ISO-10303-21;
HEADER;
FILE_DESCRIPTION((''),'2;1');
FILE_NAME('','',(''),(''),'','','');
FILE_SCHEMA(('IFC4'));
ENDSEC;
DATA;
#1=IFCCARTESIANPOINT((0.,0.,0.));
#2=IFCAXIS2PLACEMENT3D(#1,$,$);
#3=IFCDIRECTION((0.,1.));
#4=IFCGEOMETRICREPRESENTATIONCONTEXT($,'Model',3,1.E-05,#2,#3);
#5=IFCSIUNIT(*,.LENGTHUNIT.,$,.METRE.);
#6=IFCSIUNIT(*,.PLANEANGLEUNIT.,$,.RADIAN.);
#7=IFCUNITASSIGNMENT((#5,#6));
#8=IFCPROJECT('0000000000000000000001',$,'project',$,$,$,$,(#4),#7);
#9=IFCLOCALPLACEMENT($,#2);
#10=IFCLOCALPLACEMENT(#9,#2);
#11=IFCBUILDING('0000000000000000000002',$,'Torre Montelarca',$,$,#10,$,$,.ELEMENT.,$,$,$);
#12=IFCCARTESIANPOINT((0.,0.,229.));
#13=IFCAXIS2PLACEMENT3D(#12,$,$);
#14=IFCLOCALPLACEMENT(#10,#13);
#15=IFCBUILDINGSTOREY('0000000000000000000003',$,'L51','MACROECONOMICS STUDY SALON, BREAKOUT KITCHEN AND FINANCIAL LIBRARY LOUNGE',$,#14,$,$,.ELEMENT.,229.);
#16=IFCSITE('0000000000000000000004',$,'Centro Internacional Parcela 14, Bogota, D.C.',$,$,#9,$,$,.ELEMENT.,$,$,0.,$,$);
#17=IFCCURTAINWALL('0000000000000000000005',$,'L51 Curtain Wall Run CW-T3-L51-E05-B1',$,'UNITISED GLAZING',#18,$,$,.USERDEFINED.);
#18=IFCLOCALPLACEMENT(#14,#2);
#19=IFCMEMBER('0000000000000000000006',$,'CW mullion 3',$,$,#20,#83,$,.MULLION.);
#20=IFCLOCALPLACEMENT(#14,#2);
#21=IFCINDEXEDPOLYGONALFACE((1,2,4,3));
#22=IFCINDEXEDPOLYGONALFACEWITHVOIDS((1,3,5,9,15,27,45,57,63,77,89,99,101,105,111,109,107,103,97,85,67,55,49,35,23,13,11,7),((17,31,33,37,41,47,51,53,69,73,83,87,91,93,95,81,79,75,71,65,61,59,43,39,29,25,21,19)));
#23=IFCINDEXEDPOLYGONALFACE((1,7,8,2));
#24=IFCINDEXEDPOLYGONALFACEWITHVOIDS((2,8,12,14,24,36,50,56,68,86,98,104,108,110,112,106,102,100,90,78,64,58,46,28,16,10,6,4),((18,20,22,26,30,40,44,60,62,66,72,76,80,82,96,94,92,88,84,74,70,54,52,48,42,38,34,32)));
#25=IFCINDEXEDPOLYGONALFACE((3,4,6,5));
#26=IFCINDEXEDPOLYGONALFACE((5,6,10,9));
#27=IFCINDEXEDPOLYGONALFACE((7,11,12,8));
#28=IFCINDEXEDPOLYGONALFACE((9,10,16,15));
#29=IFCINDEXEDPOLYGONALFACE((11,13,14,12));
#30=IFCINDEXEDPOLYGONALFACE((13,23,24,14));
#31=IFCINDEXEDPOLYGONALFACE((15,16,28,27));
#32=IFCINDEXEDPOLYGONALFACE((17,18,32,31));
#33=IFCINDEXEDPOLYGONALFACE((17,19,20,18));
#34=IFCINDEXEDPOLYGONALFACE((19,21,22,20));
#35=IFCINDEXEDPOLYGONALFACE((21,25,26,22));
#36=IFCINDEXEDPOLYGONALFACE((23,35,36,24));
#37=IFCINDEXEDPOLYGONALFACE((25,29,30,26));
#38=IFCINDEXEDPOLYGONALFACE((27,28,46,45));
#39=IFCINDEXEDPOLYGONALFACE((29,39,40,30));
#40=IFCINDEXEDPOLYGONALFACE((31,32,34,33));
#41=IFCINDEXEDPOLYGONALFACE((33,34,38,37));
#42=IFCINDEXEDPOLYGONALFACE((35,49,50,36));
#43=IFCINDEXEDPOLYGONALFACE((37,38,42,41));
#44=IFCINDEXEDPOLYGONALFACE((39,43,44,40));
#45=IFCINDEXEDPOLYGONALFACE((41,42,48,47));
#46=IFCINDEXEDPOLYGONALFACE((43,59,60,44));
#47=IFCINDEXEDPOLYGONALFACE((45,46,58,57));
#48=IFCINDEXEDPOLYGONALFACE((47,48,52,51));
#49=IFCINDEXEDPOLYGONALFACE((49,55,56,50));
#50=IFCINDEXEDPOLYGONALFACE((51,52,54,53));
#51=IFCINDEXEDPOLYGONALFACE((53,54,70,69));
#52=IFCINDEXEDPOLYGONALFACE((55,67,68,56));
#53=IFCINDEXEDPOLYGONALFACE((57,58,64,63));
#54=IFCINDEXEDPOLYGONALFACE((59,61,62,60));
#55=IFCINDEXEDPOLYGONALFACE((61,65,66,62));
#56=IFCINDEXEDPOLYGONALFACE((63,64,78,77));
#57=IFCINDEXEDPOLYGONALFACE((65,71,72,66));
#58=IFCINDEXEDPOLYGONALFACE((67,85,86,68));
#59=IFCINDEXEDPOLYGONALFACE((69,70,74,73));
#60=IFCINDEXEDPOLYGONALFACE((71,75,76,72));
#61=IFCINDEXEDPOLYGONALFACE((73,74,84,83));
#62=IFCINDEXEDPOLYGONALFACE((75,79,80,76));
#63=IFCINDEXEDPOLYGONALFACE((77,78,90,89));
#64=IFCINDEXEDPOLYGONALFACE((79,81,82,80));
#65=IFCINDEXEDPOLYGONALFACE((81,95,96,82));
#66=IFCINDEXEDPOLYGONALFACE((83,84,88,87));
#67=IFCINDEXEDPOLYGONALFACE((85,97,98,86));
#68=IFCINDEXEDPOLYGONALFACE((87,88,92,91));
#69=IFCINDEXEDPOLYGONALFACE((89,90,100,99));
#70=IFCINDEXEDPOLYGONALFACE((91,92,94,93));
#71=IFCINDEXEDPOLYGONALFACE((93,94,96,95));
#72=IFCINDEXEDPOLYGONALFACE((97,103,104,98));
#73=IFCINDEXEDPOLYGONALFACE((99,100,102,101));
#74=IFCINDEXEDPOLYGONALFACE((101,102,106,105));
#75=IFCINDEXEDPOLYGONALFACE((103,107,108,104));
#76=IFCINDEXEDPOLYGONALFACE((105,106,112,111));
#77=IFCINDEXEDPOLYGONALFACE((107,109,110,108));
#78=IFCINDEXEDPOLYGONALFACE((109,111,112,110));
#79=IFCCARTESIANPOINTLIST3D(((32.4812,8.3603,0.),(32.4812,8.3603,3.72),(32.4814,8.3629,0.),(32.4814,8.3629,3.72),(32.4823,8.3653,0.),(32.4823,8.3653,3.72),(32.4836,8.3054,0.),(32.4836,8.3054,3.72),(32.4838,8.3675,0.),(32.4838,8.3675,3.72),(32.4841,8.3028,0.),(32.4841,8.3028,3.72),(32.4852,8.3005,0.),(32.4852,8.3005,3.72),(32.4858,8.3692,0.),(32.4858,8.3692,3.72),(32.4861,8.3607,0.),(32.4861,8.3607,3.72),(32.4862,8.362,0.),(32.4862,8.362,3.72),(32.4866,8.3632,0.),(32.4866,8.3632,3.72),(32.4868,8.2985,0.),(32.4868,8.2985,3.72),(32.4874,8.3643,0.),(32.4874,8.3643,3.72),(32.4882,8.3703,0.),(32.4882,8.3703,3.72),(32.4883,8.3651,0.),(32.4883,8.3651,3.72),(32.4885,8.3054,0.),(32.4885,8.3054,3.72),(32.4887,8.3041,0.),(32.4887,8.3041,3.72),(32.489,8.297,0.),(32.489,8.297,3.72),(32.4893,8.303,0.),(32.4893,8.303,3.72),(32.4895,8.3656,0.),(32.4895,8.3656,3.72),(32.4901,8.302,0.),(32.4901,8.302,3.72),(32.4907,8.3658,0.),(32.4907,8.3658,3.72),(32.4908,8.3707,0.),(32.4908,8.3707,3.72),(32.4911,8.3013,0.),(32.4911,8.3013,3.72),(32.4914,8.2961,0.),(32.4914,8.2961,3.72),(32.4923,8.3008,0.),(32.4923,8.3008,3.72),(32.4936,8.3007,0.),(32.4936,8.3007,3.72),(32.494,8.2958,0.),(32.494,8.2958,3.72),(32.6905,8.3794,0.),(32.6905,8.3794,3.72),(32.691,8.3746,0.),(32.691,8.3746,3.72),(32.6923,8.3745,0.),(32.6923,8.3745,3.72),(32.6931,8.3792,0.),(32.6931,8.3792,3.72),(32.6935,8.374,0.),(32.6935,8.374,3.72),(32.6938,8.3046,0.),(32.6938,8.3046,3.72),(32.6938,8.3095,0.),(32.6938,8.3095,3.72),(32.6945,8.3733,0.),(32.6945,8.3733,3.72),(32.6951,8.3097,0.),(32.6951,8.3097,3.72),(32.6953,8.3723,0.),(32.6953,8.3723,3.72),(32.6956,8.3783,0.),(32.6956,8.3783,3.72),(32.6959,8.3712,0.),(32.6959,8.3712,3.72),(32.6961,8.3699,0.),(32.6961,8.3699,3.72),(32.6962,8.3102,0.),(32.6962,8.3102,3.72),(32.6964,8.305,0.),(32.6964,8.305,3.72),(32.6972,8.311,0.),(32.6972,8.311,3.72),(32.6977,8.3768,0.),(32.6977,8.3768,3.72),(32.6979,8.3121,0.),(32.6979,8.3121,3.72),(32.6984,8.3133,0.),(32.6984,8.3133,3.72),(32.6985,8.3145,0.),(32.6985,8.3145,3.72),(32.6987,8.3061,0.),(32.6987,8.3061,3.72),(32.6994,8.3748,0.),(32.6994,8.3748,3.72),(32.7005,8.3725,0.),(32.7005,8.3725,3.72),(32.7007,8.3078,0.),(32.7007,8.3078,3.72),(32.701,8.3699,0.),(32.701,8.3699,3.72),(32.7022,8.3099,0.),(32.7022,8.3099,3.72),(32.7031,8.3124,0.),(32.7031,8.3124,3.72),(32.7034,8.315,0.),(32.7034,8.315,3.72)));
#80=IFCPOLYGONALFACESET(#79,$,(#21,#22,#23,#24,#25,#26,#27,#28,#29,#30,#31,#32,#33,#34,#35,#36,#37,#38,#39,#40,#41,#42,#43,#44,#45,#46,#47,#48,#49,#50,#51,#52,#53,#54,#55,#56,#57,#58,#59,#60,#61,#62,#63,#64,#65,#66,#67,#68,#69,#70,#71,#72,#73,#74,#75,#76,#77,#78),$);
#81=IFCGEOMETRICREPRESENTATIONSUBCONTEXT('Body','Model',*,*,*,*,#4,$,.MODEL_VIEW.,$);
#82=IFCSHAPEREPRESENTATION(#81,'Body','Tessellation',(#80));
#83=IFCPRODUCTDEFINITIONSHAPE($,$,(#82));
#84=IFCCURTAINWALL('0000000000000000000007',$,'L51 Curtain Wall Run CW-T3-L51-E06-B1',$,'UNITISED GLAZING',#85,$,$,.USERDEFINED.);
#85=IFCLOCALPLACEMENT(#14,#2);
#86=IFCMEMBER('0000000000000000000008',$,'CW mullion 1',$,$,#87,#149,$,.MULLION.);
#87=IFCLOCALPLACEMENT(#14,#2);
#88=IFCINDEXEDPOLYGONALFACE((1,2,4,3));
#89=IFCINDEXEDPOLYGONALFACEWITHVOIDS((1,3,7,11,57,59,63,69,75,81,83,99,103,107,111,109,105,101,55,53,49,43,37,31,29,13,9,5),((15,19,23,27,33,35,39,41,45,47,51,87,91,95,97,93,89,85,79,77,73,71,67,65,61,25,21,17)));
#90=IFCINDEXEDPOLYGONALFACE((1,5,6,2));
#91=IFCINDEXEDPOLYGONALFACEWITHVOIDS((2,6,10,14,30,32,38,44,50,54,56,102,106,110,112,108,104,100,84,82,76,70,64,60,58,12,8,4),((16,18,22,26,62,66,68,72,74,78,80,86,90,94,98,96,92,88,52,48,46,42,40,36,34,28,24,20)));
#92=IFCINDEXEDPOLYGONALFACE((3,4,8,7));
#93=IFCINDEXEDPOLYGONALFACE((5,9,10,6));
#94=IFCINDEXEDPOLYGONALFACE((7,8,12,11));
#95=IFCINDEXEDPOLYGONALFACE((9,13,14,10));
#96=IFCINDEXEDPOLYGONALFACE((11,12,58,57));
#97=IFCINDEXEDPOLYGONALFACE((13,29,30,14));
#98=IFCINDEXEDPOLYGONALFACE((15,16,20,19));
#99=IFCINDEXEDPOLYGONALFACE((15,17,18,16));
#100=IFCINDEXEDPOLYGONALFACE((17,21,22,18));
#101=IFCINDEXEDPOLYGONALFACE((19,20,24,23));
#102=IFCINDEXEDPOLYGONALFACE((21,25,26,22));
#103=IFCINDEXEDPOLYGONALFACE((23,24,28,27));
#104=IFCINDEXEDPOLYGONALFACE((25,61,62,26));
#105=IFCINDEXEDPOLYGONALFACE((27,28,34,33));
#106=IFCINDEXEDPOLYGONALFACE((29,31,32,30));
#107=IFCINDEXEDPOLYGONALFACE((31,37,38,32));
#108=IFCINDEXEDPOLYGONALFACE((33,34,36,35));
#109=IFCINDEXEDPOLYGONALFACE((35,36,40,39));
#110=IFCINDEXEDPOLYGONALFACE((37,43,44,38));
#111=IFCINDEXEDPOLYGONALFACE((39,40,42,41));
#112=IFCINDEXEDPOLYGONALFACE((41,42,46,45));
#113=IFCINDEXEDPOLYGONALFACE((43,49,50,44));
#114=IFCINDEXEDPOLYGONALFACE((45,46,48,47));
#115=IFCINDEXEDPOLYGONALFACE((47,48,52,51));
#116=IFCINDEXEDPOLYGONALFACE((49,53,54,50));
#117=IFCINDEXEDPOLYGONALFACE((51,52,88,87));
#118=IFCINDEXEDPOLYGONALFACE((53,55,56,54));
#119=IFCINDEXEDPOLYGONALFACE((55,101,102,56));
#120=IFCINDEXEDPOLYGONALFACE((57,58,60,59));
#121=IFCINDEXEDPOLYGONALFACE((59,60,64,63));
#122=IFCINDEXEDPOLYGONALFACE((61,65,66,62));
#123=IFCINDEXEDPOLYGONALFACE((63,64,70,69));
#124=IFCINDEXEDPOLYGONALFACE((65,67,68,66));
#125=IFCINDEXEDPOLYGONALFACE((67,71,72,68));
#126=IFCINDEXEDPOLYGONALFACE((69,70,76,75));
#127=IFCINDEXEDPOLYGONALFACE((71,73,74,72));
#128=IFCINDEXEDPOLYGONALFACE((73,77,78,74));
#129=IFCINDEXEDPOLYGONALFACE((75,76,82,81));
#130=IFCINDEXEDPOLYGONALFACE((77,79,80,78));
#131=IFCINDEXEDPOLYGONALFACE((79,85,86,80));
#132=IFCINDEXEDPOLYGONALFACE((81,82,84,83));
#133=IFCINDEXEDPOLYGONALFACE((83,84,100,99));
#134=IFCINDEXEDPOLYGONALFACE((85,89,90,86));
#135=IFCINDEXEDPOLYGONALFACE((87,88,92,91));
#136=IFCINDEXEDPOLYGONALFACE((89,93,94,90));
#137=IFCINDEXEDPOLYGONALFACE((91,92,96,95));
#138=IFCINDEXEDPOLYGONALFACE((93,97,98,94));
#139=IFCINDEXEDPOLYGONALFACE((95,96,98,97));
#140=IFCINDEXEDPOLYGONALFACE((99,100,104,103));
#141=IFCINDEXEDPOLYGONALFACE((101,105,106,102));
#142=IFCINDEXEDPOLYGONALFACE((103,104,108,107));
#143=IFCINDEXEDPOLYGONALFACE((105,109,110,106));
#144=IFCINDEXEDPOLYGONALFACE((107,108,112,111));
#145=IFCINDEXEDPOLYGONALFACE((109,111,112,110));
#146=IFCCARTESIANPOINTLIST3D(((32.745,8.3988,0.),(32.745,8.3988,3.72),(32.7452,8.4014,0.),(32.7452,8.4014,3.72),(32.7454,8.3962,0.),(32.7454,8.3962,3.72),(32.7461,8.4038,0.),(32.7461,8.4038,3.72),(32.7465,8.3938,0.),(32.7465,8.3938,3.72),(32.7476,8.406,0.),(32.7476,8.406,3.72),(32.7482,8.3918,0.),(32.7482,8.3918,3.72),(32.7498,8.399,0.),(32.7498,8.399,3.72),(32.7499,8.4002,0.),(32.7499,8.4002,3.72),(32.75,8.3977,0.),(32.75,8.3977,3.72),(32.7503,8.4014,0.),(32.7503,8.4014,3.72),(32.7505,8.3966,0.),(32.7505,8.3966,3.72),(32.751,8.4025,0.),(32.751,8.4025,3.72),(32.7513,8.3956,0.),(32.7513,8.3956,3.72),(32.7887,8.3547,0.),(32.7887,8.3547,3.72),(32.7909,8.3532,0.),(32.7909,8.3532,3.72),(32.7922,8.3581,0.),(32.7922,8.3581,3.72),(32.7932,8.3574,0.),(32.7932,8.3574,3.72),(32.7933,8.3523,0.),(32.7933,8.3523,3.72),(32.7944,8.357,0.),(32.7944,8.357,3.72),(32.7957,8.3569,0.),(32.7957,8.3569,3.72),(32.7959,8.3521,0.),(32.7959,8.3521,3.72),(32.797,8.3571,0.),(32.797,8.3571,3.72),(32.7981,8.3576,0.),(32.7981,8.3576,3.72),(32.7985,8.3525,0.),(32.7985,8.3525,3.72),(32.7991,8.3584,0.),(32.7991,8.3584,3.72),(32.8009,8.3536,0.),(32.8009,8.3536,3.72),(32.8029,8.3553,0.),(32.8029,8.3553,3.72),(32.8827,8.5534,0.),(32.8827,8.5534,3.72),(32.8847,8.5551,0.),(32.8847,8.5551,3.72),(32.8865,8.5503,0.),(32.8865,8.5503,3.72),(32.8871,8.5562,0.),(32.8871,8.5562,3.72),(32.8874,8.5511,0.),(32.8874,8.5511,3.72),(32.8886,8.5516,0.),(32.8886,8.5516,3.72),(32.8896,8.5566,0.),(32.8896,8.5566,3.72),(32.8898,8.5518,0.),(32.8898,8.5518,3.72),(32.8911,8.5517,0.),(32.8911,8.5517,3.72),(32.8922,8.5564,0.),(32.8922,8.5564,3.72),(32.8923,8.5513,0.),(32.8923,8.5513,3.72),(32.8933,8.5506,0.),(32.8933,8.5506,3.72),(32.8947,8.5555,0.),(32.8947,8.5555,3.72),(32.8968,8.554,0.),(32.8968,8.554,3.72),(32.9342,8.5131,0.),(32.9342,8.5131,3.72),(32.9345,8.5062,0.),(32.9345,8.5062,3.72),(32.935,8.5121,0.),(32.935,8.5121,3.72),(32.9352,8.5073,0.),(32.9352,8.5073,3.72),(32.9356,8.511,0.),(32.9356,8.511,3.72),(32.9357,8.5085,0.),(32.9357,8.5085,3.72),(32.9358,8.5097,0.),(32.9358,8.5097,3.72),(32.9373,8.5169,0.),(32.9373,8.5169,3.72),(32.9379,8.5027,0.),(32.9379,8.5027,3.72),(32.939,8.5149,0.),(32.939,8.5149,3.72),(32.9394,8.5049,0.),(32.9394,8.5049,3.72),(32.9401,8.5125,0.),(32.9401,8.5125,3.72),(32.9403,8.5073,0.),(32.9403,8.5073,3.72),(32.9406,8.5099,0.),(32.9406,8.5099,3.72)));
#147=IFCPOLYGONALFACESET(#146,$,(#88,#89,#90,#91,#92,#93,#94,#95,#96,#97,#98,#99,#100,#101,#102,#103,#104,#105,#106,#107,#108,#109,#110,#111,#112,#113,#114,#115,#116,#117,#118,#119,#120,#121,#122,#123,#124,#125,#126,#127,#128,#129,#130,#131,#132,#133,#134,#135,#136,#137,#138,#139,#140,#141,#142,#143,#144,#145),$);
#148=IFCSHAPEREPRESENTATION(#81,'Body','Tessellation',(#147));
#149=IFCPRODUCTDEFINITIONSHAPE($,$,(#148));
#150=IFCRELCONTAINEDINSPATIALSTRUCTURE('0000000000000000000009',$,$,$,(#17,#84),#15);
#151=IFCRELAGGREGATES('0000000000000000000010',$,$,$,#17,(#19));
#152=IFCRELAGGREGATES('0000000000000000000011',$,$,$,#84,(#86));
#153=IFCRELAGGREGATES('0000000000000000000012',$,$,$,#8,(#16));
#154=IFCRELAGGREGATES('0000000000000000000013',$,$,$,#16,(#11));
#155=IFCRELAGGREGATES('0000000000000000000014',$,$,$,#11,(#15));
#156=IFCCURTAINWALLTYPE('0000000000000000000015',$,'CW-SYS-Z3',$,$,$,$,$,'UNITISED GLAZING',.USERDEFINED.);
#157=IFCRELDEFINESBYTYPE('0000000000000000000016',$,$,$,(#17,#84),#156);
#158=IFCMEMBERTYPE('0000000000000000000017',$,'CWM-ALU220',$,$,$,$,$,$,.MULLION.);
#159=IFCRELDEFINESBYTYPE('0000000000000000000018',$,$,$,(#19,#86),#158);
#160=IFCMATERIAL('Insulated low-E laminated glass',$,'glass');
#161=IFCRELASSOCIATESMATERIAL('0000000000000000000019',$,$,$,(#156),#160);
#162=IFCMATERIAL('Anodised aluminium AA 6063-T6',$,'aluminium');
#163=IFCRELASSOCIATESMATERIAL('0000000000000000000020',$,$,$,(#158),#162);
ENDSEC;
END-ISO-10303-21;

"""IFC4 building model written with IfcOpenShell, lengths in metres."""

from ifc_helpers import new_model, si_unit, direction, frame, origin, origin_2d, place, context, subcontext, project, spatial, hollow_rectangle, extrude, source, transform, mapped, material, material_profile, profile_set, type_object, element, aggregate, save


model = new_model("IFC4")

# Units and contexts
model_context = context("Model", 3, precision=1e-05, world=origin(), true_north=direction((0.0, 1.0)))
body_context = subcontext(model_context, "Body", "Model", "MODEL_VIEW")
ifc_project = project(units=[si_unit("LENGTHUNIT", "METRE"), si_unit("PLANEANGLEUNIT", "RADIAN")], contexts=[model_context])

# Site, building, storey
site_placement = place(None, origin())
site = spatial("IfcSite", under=ifc_project, at=site_placement, Name="Centro Internacional Parcela 14, Bogota, D.C.", CompositionType="ELEMENT", RefElevation=0.0)
building_placement = place(site_placement, origin())
building = spatial("IfcBuilding", under=site, at=building_placement, Name="Torre Montelarca", CompositionType="ELEMENT")
storey_placement = place(building_placement, frame((0.0, 0.0, 229.0)))
storey = spatial("IfcBuildingStorey", under=building, at=storey_placement, Name="L51", Description="MACROECONOMICS STUDY SALON, BREAKOUT KITCHEN AND FINANCIAL LIBRARY LOUNGE", CompositionType="ELEMENT", Elevation=229.0)

# Shared definitions
ifc_material_1 = material(Name="Insulated low-E laminated glass", Category="glass")
curtain_wall_type = type_object("IfcCurtainWallType", Name="CW-SYS-Z3", ElementType="UNITISED GLAZING", PredefinedType="USERDEFINED", material=ifc_material_1)
ifc_material_2 = material(Name="Anodised aluminium AA 6063-T6", Category="aluminium")

# Curtain wall, member
curtain_wall_1_placement = place(storey_placement, origin())
curtain_wall_1 = element("IfcCurtainWall", 1, at=curtain_wall_1_placement, inside=storey, type_object=curtain_wall_type, Name="L51 Curtain Wall Run CW-T3-L51-E05-B1", ObjectType="UNITISED GLAZING", PredefinedType="USERDEFINED")
ifc_material_profile_1 = material_profile(ifc_material_2, hollow_rectangle(XDim=0.075, YDim=0.22, WallThickness=0.0049, InnerFilletRadius=0.0049, OuterFilletRadius=0.01, at=origin_2d()), Name="ALU75X220X5", Category="aluminium")
ifc_profile_set_1 = profile_set([ifc_material_profile_1], Name="Anodised aluminium AA 6063-T6")
member_type_1 = type_object("IfcMemberType", Name="CWM-ALU220", PredefinedType="MULLION", material=ifc_profile_set_1)
shared_shape_1 = source(origin(), body_context, "Body", "SweptSolid", [
    extrude(hollow_rectangle(XDim=0.075, YDim=0.22, WallThickness=0.0049, InnerFilletRadius=0.0049, OuterFilletRadius=0.01, at=origin_2d()), origin(), (0.0, 0.0, 1.0), 3.72),
])
member_1_placement = place(storey_placement, frame((32.5923, 8.3376, 0.0), z_axis=(0.0, 0.0, 1.0), x_axis=(-0.043616, 0.999048, 0.0)))
member_1 = element("IfcMember", 2, at=member_1_placement, type_object=member_type_1, Name="CW mullion 3", PredefinedType="MULLION", context=body_context, shape_type="MappedRepresentation", body=[
    mapped(shared_shape_1, transform((0.0, 0.0, 0.0), scale=1.0)),
])

# Curtain wall, member
curtain_wall_2_placement = place(storey_placement, origin())
curtain_wall_2 = element("IfcCurtainWall", 3, at=curtain_wall_2_placement, inside=storey, type_object=curtain_wall_type, Name="L51 Curtain Wall Run CW-T3-L51-E06-B1", ObjectType="UNITISED GLAZING", PredefinedType="USERDEFINED")
member_2_placement = place(storey_placement, frame((32.8428, 8.4543, 0.0), z_axis=(0.0, 0.0, 1.0), x_axis=(-0.737278, 0.67559, 0.0)))
member_2 = element("IfcMember", 4, at=member_2_placement, type_object=member_type_1, Name="CW mullion 1", PredefinedType="MULLION", context=body_context, shape_type="MappedRepresentation", body=[
    mapped(shared_shape_1, transform((0.0, 0.0, 0.0), scale=1.0)),
])

aggregate(curtain_wall_1, [member_1])
aggregate(curtain_wall_2, [member_2])

save(model, "model.ifc")
